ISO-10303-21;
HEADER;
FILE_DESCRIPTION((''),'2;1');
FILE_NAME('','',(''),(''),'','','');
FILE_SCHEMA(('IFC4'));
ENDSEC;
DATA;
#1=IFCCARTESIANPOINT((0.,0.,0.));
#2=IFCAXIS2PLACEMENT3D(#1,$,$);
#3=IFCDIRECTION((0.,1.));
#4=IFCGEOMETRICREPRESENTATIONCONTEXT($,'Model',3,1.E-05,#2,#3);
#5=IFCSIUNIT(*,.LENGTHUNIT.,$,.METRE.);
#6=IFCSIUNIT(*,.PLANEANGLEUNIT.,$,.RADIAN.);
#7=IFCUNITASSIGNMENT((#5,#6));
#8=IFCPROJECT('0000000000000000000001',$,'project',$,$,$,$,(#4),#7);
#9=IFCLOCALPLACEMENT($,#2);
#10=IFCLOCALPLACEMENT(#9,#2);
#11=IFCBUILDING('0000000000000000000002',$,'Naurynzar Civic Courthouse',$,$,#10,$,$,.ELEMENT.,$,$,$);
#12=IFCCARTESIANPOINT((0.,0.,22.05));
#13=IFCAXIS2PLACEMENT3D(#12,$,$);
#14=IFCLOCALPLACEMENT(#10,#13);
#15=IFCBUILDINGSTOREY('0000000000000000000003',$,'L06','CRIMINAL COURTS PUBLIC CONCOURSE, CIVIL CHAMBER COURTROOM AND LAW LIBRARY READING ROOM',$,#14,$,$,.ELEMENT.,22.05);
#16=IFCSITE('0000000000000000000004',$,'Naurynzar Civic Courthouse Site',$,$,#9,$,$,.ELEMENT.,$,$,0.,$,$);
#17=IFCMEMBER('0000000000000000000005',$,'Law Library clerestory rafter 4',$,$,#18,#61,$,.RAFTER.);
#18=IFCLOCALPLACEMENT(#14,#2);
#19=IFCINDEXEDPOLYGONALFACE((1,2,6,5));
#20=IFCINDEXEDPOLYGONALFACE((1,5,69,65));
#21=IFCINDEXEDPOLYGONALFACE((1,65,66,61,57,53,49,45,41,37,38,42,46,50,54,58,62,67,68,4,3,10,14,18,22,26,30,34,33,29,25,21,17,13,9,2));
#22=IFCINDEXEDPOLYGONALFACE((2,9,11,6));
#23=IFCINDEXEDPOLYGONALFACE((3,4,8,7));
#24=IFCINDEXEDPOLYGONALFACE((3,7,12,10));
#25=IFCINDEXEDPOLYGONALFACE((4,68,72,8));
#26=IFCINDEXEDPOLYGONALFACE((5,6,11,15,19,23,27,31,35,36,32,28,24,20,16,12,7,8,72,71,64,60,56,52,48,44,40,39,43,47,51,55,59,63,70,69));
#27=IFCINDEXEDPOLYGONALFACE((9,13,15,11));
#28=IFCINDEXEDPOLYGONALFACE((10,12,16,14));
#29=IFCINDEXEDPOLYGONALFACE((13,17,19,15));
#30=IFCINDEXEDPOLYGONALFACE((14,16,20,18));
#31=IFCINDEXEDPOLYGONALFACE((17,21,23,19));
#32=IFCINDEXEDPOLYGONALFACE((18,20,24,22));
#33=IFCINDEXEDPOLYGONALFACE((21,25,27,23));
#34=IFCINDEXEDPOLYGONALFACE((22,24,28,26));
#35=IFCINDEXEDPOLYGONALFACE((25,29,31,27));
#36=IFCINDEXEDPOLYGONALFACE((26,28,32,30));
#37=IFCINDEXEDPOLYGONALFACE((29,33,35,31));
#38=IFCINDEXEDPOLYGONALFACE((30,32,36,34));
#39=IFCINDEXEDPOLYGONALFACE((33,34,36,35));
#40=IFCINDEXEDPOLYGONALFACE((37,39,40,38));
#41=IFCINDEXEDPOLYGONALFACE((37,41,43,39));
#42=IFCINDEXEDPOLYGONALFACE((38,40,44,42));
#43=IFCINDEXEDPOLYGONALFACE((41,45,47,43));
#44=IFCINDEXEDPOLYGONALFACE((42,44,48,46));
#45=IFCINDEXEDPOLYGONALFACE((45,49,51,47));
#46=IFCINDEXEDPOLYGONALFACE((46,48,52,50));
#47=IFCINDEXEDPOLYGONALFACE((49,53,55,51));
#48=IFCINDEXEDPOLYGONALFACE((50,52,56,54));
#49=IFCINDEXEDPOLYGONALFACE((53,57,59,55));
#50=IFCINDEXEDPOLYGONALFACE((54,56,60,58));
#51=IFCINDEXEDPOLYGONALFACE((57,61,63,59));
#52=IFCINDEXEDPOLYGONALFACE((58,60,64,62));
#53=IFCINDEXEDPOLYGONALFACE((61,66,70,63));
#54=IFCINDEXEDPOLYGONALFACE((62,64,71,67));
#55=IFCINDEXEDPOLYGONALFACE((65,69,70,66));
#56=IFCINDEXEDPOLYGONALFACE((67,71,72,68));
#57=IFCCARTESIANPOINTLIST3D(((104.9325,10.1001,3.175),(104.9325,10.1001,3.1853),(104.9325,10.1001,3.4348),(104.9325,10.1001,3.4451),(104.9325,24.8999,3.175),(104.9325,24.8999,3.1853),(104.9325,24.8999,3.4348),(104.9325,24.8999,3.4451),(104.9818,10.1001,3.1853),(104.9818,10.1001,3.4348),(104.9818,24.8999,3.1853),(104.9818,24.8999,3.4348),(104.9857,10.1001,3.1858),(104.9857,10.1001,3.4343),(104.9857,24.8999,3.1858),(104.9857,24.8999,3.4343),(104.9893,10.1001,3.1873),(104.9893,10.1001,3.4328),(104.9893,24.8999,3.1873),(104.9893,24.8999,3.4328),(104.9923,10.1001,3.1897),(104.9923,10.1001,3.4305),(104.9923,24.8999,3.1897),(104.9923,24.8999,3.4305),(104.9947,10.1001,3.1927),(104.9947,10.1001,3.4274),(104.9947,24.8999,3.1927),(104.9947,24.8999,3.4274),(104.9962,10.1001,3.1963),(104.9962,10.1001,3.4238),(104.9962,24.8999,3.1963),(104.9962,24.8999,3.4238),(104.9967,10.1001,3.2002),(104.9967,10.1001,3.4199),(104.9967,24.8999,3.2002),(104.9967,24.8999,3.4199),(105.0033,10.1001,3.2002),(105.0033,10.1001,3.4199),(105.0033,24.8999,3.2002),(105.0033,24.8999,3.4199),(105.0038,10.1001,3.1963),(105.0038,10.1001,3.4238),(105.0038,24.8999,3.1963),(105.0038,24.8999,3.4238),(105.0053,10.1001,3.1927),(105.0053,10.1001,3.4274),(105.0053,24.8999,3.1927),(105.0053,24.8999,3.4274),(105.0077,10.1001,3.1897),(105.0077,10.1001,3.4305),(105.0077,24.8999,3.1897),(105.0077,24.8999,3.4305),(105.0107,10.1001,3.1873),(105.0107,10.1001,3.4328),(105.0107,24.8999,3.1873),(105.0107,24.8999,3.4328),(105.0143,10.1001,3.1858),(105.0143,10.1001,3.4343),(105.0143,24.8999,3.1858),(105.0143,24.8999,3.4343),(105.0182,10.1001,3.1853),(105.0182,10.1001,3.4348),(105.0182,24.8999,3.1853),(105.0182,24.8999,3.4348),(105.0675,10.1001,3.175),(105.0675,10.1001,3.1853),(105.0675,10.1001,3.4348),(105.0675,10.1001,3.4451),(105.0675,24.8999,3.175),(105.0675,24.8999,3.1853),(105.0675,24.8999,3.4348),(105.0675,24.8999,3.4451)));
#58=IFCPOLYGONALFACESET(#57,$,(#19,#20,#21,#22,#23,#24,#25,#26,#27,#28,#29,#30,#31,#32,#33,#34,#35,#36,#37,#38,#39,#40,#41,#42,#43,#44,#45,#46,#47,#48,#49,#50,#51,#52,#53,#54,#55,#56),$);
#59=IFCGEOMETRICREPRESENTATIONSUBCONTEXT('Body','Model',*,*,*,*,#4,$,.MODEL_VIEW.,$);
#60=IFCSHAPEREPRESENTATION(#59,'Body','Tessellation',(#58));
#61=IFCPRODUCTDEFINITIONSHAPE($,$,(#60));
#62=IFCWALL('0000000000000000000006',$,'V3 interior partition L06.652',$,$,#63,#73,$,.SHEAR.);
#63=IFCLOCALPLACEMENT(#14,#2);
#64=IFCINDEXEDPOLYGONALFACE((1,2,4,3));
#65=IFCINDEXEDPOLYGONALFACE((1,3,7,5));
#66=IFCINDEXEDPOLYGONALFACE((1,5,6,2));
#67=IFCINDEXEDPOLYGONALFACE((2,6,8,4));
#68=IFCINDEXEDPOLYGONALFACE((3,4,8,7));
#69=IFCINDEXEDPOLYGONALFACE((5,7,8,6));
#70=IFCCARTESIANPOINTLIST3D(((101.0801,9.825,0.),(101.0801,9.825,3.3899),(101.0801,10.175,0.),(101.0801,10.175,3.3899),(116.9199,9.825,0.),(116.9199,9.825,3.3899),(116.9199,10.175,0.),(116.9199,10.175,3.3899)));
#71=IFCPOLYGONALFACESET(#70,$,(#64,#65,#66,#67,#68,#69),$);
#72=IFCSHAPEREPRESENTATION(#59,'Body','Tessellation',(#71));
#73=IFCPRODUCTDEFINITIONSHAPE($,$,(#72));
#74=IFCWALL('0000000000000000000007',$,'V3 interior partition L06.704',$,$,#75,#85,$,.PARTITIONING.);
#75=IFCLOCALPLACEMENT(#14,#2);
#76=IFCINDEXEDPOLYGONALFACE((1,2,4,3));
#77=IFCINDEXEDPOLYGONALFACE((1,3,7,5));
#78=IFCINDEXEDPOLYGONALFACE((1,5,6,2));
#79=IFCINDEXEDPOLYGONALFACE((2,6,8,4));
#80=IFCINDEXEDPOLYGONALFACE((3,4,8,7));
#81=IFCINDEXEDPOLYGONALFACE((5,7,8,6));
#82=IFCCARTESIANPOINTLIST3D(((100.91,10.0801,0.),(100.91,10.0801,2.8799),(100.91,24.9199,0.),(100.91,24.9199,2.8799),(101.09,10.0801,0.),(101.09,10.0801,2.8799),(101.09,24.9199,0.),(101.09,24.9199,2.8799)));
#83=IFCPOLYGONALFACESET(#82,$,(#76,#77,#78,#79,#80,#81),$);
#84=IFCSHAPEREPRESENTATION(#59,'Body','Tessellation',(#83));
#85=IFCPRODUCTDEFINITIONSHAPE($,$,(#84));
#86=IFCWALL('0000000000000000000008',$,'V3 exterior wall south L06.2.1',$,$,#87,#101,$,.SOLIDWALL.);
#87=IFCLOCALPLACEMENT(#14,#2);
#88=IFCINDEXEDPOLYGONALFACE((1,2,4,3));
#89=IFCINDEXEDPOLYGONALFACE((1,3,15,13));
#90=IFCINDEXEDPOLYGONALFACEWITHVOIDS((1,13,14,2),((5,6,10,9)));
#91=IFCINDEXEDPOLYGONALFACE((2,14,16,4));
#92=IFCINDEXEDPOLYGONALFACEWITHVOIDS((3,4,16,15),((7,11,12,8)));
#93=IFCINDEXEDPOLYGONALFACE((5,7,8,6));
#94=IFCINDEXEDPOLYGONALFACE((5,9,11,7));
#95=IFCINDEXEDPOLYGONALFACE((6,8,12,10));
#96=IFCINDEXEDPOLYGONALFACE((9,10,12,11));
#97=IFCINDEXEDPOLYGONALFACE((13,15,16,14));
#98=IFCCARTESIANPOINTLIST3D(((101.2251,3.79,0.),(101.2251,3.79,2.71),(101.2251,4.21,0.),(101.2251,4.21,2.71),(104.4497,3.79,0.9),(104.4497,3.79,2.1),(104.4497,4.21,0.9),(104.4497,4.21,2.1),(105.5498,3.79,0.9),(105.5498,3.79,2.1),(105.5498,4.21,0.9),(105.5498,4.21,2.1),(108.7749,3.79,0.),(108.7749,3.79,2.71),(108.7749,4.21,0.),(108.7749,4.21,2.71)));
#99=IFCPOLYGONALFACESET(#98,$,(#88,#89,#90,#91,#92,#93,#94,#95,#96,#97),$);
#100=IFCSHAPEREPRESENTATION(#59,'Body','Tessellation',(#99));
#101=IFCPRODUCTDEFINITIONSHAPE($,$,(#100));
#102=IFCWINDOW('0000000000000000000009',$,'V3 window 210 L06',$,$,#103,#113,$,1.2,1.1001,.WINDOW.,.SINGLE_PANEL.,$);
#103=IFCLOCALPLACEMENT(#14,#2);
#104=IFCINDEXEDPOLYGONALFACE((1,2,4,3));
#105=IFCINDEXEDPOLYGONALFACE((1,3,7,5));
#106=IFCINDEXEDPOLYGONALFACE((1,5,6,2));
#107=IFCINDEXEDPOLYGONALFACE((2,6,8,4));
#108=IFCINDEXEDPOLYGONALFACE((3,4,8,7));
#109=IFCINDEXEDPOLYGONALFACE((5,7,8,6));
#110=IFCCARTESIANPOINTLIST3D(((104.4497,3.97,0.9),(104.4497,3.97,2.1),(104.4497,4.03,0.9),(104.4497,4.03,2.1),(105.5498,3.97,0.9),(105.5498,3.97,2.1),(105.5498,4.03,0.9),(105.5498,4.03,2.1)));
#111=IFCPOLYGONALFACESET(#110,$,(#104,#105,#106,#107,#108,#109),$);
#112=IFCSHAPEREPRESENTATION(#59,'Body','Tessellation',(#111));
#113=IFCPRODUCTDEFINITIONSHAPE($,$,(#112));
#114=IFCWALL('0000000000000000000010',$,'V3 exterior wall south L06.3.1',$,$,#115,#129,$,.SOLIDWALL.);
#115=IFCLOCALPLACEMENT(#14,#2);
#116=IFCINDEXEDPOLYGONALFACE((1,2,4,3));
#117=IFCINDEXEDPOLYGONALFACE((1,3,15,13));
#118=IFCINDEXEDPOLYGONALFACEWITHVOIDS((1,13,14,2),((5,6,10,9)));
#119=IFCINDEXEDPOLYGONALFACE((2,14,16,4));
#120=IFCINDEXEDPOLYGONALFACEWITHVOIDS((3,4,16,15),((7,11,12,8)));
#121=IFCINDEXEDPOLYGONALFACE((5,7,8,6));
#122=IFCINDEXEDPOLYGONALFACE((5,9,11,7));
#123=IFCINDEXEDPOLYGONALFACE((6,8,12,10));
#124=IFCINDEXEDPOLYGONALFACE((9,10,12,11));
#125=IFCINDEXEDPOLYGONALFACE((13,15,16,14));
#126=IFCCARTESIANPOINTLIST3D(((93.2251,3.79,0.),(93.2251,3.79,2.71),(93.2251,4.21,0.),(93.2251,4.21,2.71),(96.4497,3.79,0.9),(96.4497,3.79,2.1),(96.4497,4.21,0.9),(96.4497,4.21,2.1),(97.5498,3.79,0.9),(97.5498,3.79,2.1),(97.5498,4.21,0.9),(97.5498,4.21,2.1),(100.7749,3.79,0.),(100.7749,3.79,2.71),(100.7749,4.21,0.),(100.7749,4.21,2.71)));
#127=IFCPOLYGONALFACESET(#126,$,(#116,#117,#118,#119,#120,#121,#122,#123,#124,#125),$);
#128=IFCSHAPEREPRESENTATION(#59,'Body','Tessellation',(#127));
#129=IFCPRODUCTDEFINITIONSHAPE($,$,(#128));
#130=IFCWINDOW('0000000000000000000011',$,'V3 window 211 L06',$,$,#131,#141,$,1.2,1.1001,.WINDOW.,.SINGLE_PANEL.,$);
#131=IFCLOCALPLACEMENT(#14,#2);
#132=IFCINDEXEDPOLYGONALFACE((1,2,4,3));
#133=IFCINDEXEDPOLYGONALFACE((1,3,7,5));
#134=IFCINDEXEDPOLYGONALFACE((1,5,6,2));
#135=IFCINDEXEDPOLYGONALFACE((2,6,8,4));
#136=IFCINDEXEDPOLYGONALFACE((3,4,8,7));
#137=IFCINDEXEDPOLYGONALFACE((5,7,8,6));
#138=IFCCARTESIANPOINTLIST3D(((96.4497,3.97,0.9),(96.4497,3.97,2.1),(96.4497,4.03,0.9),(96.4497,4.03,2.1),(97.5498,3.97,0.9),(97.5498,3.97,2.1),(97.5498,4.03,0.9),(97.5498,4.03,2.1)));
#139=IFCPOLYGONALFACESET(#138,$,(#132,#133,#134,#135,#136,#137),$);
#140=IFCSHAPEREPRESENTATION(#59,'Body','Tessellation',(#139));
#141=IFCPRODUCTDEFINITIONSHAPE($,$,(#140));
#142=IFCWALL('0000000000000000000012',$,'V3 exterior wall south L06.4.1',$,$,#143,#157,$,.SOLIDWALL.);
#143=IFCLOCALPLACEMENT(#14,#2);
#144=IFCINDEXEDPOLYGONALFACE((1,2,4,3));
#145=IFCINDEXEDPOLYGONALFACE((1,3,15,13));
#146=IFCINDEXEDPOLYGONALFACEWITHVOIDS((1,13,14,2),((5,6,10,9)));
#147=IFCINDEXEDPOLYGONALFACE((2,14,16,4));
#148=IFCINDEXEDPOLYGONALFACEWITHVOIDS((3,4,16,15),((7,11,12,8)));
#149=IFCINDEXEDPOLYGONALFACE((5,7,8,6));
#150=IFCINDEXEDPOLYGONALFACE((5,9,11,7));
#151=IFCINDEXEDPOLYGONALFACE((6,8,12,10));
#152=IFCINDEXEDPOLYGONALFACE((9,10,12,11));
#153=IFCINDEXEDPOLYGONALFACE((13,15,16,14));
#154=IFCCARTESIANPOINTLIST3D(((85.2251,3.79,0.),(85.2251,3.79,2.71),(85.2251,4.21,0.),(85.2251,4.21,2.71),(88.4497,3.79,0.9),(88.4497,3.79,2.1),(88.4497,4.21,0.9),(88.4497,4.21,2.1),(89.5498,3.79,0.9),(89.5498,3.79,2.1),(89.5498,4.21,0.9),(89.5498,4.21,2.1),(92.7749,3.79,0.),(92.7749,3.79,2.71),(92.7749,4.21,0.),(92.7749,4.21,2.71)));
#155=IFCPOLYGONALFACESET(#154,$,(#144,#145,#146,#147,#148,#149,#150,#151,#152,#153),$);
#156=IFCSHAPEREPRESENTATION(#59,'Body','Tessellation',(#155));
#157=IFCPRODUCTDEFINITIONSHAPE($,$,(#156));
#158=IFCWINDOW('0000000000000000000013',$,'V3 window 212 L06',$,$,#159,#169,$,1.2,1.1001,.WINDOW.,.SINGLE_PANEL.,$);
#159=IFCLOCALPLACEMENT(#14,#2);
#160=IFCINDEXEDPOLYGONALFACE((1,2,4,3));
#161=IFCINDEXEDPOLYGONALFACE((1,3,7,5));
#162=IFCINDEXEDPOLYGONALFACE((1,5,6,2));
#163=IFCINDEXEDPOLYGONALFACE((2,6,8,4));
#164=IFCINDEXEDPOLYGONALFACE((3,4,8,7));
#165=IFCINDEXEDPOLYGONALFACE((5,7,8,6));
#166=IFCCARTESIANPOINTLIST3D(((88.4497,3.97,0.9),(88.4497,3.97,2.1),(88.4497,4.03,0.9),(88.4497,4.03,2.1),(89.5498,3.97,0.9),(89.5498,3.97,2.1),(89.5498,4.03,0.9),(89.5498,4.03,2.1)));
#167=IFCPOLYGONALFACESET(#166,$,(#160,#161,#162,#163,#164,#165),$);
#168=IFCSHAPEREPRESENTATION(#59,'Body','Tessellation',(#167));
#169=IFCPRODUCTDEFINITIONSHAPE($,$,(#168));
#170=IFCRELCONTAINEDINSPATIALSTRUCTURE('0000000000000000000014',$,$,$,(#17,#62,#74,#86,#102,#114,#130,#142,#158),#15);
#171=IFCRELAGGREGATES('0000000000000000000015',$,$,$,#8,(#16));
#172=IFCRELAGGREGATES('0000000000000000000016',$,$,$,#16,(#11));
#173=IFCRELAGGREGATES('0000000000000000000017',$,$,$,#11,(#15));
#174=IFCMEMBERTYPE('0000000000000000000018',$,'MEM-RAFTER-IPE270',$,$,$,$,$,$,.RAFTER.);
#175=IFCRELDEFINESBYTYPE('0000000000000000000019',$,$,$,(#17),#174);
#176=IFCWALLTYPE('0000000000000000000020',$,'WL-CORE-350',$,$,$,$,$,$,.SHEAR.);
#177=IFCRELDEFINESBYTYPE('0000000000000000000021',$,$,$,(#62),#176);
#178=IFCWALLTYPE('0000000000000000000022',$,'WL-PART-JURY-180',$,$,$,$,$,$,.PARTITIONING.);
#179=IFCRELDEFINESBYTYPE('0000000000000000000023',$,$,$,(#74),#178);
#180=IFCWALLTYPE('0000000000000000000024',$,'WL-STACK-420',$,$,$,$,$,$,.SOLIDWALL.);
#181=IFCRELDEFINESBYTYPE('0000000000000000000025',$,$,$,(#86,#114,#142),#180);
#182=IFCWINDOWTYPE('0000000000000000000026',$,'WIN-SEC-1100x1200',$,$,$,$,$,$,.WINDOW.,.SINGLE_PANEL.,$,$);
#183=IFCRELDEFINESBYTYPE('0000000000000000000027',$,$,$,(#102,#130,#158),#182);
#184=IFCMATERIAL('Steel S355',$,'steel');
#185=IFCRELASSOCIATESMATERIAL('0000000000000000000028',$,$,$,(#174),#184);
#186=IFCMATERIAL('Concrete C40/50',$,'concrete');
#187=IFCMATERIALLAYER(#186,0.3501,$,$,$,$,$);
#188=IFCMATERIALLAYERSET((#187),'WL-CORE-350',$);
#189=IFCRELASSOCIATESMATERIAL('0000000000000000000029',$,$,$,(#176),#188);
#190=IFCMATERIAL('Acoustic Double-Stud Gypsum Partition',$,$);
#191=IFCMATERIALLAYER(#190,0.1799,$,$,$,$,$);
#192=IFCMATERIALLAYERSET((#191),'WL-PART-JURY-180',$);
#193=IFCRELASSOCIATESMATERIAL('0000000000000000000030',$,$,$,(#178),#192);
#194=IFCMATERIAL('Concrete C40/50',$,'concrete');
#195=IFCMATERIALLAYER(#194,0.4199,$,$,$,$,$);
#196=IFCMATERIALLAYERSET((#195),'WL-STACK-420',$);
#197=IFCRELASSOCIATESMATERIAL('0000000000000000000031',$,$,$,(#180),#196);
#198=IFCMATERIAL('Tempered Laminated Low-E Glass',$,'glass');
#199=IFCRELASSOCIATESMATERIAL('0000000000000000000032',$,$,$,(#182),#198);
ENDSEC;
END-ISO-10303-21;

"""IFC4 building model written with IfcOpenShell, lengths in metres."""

from ifc_helpers import new_model, si_unit, direction, frame, frame_2d, origin, origin_2d, place, context, subcontext, project, spatial, rectangle, i_section, extrude, material, layer, layer_set, material_profile, profile_set, type_object, element, fill, save


model = new_model("IFC4")

# Units and contexts
model_context = context("Model", 3, precision=1e-05, world=origin(), true_north=direction((0.0, 1.0)))
body_context = subcontext(model_context, "Body", "Model", "MODEL_VIEW")
ifc_project = project(units=[si_unit("LENGTHUNIT", "METRE"), si_unit("PLANEANGLEUNIT", "RADIAN")], contexts=[model_context])

# Site, building, storey
site_placement = place(None, origin())
site = spatial("IfcSite", under=ifc_project, at=site_placement, Name="Naurynzar Civic Courthouse Site", CompositionType="ELEMENT", RefElevation=0.0)
building_placement = place(site_placement, origin())
building = spatial("IfcBuilding", under=site, at=building_placement, Name="Naurynzar Civic Courthouse", CompositionType="ELEMENT")
storey_placement = place(building_placement, frame((0.0, 0.0, 22.05)))
storey = spatial("IfcBuildingStorey", under=building, at=storey_placement, Name="L06", Description="CRIMINAL COURTS PUBLIC CONCOURSE, CIVIL CHAMBER COURTROOM AND LAW LIBRARY READING ROOM", CompositionType="ELEMENT", Elevation=22.05)

# Member
ifc_material_1 = material(Name="Steel S355", Category="steel")
ifc_material_profile_1 = material_profile(ifc_material_1, i_section(OverallWidth=0.135, OverallDepth=0.27, WebThickness=0.0066, FlangeThickness=0.0103, FilletRadius=0.0149, at=origin_2d()), Name="IPE 270")
ifc_profile_set_1 = profile_set([ifc_material_profile_1], Name="Steel S355")
member_type = type_object("IfcMemberType", Name="MEM-RAFTER-IPE270", PredefinedType="RAFTER", material=ifc_profile_set_1)
for number, where, z_axis, x_axis, name in (
    (1, (105.0, 10.1001, 3.3101), (0.0, 1.0, 0.0), (-1.0, 0.0, 0.0), "Law Library clerestory rafter 4"),
):
    element("IfcMember", number, at=place(storey_placement, frame(where, z_axis=z_axis, x_axis=x_axis)), inside=storey, type_object=member_type, Name=name, PredefinedType="RAFTER", context=body_context, shape_type="SweptSolid", body=[
        extrude(i_section(OverallWidth=0.135, OverallDepth=0.27, WebThickness=0.0066, FlangeThickness=0.0103, FilletRadius=0.0149, at=origin_2d()), origin(), (0.0, 0.0, 1.0), 14.7998),
    ])

# Walls
ifc_material_2 = material(Name="Concrete C40/50", Category="concrete")
ifc_layer_1 = layer(ifc_material_2, 0.3501)
ifc_layer_set_1 = layer_set([ifc_layer_1], Name="WL-CORE-350")
wall_type_1 = type_object("IfcWallType", Name="WL-CORE-350", PredefinedType="SHEAR", material=ifc_layer_set_1)
wall_1_placement = place(storey_placement, frame((101.0801, 10.0, 0.0), z_axis=(0.0, 0.0, 1.0), x_axis=(1.0, 0.0, 0.0)))
element("IfcWall", 2, at=wall_1_placement, inside=storey, type_object=wall_type_1, Name="V3 interior partition L06.652", PredefinedType="SHEAR", context=body_context, shape_type="SweptSolid", body=[
    extrude(rectangle(XDim=15.8398, YDim=0.3501, at=frame_2d((7.9199, 0.0))), origin(), (0.0, 0.0, 1.0), 3.3899),
])
ifc_material_3 = material(Name="Acoustic Double-Stud Gypsum Partition")
ifc_layer_2 = layer(ifc_material_3, 0.1799)
ifc_layer_set_2 = layer_set([ifc_layer_2], Name="WL-PART-JURY-180")
wall_type_2 = type_object("IfcWallType", Name="WL-PART-JURY-180", PredefinedType="PARTITIONING", material=ifc_layer_set_2)
wall_2_placement = place(storey_placement, frame((101.0, 10.0801, 0.0), z_axis=(0.0, 0.0, 1.0), x_axis=(0.0, 1.0, 0.0)))
element("IfcWall", 3, at=wall_2_placement, inside=storey, type_object=wall_type_2, Name="V3 interior partition L06.704", PredefinedType="PARTITIONING", context=body_context, shape_type="SweptSolid", body=[
    extrude(rectangle(XDim=14.8398, YDim=0.1799, at=frame_2d((7.4199, 0.0))), origin(), (0.0, 0.0, 1.0), 2.8799),
])

# Walls, openings, windows
ifc_material_4 = material(Name="Concrete C40/50", Category="concrete")
ifc_layer_3 = layer(ifc_material_4, 0.4199)
ifc_layer_set_3 = layer_set([ifc_layer_3], Name="WL-STACK-420")
wall_type_3 = type_object("IfcWallType", Name="WL-STACK-420", PredefinedType="SOLIDWALL", material=ifc_layer_set_3)
wall_3_placement = place(storey_placement, frame((108.7749, 4.0, 0.0), z_axis=(0.0, 0.0, 1.0), x_axis=(-1.0, 0.0, 0.0)))
wall_3 = element("IfcWall", 4, at=wall_3_placement, inside=storey, type_object=wall_type_3, Name="V3 exterior wall south L06.2.1", PredefinedType="SOLIDWALL", context=body_context, shape_type="SweptSolid", body=[
    extrude(rectangle(XDim=7.5498, YDim=0.4199, at=frame_2d((3.7749, 0.0))), origin(), (0.0, 0.0, 1.0), 2.71),
])
opening_1_placement = place(wall_3_placement, frame((3.2251, 0.0, 0.8999)))
opening_1 = element("IfcOpeningElement", 5, at=opening_1_placement, cuts=wall_3, PredefinedType="OPENING", context=body_context, shape_type="SweptSolid", body=[
    extrude(rectangle(XDim=1.1001, YDim=1.2, at=frame_2d((0.55, 0.6001))), frame((0.0, 0.22, 0.0), z_axis=(0.0, -1.0, 0.0), x_axis=(1.0, 0.0, 0.0)), (0.0, 0.0, 1.0), 0.4399),
])
ifc_material_5 = material(Name="Tempered Laminated Low-E Glass", Category="glass")
window_type = type_object("IfcWindowType", Name="WIN-SEC-1100x1200", PartitioningType="SINGLE_PANEL", PredefinedType="WINDOW", material=ifc_material_5)
window_1_placement = place(opening_1_placement, origin())
window_1 = element("IfcWindow", 6, at=window_1_placement, inside=storey, type_object=window_type, Name="V3 window 210 L06", OverallHeight=1.2, OverallWidth=1.1001, PartitioningType="SINGLE_PANEL", PredefinedType="WINDOW", context=body_context, shape_type="SweptSolid", body=[
    extrude(rectangle(XDim=1.1001, YDim=1.2, at=frame_2d((0.55, 0.6001))), frame((0.0, 0.03, 0.0), z_axis=(0.0, -1.0, 0.0), x_axis=(1.0, 0.0, 0.0)), (0.0, 0.0, 1.0), 0.0601),
])
fill(opening_1, window_1)
wall_4_placement = place(storey_placement, frame((100.7749, 4.0, 0.0), z_axis=(0.0, 0.0, 1.0), x_axis=(-1.0, 0.0, 0.0)))
wall_4 = element("IfcWall", 7, at=wall_4_placement, inside=storey, type_object=wall_type_3, Name="V3 exterior wall south L06.3.1", PredefinedType="SOLIDWALL", context=body_context, shape_type="SweptSolid", body=[
    extrude(rectangle(XDim=7.5498, YDim=0.4199, at=frame_2d((3.7749, 0.0))), origin(), (0.0, 0.0, 1.0), 2.71),
])
opening_2_placement = place(wall_4_placement, frame((3.2251, 0.0, 0.8999)))
opening_2 = element("IfcOpeningElement", 8, at=opening_2_placement, cuts=wall_4, PredefinedType="OPENING", context=body_context, shape_type="SweptSolid", body=[
    extrude(rectangle(XDim=1.1001, YDim=1.2, at=frame_2d((0.55, 0.6001))), frame((0.0, 0.22, 0.0), z_axis=(0.0, -1.0, 0.0), x_axis=(1.0, 0.0, 0.0)), (0.0, 0.0, 1.0), 0.4399),
])
window_2_placement = place(opening_2_placement, origin())
window_2 = element("IfcWindow", 9, at=window_2_placement, inside=storey, type_object=window_type, Name="V3 window 211 L06", OverallHeight=1.2, OverallWidth=1.1001, PartitioningType="SINGLE_PANEL", PredefinedType="WINDOW", context=body_context, shape_type="SweptSolid", body=[
    extrude(rectangle(XDim=1.1001, YDim=1.2, at=frame_2d((0.55, 0.6001))), frame((0.0, 0.03, 0.0), z_axis=(0.0, -1.0, 0.0), x_axis=(1.0, 0.0, 0.0)), (0.0, 0.0, 1.0), 0.0601),
])
fill(opening_2, window_2)
wall_5_placement = place(storey_placement, frame((92.7749, 4.0, 0.0), z_axis=(0.0, 0.0, 1.0), x_axis=(-1.0, 0.0, 0.0)))
wall_5 = element("IfcWall", 10, at=wall_5_placement, inside=storey, type_object=wall_type_3, Name="V3 exterior wall south L06.4.1", PredefinedType="SOLIDWALL", context=body_context, shape_type="SweptSolid", body=[
    extrude(rectangle(XDim=7.5498, YDim=0.4199, at=frame_2d((3.7749, 0.0))), origin(), (0.0, 0.0, 1.0), 2.71),
])
opening_3_placement = place(wall_5_placement, frame((3.2251, 0.0, 0.8999)))
opening_3 = element("IfcOpeningElement", 11, at=opening_3_placement, cuts=wall_5, PredefinedType="OPENING", context=body_context, shape_type="SweptSolid", body=[
    extrude(rectangle(XDim=1.1001, YDim=1.2, at=frame_2d((0.55, 0.6001))), frame((0.0, 0.22, 0.0), z_axis=(0.0, -1.0, 0.0), x_axis=(1.0, 0.0, 0.0)), (0.0, 0.0, 1.0), 0.4399),
])
window_3_placement = place(opening_3_placement, origin())
window_3 = element("IfcWindow", 12, at=window_3_placement, inside=storey, type_object=window_type, Name="V3 window 212 L06", OverallHeight=1.2, OverallWidth=1.1001, PartitioningType="SINGLE_PANEL", PredefinedType="WINDOW", context=body_context, shape_type="SweptSolid", body=[
    extrude(rectangle(XDim=1.1001, YDim=1.2, at=frame_2d((0.55, 0.6001))), frame((0.0, 0.03, 0.0), z_axis=(0.0, -1.0, 0.0), x_axis=(1.0, 0.0, 0.0)), (0.0, 0.0, 1.0), 0.0601),
])
fill(opening_3, window_3)

save(model, "model.ifc")
